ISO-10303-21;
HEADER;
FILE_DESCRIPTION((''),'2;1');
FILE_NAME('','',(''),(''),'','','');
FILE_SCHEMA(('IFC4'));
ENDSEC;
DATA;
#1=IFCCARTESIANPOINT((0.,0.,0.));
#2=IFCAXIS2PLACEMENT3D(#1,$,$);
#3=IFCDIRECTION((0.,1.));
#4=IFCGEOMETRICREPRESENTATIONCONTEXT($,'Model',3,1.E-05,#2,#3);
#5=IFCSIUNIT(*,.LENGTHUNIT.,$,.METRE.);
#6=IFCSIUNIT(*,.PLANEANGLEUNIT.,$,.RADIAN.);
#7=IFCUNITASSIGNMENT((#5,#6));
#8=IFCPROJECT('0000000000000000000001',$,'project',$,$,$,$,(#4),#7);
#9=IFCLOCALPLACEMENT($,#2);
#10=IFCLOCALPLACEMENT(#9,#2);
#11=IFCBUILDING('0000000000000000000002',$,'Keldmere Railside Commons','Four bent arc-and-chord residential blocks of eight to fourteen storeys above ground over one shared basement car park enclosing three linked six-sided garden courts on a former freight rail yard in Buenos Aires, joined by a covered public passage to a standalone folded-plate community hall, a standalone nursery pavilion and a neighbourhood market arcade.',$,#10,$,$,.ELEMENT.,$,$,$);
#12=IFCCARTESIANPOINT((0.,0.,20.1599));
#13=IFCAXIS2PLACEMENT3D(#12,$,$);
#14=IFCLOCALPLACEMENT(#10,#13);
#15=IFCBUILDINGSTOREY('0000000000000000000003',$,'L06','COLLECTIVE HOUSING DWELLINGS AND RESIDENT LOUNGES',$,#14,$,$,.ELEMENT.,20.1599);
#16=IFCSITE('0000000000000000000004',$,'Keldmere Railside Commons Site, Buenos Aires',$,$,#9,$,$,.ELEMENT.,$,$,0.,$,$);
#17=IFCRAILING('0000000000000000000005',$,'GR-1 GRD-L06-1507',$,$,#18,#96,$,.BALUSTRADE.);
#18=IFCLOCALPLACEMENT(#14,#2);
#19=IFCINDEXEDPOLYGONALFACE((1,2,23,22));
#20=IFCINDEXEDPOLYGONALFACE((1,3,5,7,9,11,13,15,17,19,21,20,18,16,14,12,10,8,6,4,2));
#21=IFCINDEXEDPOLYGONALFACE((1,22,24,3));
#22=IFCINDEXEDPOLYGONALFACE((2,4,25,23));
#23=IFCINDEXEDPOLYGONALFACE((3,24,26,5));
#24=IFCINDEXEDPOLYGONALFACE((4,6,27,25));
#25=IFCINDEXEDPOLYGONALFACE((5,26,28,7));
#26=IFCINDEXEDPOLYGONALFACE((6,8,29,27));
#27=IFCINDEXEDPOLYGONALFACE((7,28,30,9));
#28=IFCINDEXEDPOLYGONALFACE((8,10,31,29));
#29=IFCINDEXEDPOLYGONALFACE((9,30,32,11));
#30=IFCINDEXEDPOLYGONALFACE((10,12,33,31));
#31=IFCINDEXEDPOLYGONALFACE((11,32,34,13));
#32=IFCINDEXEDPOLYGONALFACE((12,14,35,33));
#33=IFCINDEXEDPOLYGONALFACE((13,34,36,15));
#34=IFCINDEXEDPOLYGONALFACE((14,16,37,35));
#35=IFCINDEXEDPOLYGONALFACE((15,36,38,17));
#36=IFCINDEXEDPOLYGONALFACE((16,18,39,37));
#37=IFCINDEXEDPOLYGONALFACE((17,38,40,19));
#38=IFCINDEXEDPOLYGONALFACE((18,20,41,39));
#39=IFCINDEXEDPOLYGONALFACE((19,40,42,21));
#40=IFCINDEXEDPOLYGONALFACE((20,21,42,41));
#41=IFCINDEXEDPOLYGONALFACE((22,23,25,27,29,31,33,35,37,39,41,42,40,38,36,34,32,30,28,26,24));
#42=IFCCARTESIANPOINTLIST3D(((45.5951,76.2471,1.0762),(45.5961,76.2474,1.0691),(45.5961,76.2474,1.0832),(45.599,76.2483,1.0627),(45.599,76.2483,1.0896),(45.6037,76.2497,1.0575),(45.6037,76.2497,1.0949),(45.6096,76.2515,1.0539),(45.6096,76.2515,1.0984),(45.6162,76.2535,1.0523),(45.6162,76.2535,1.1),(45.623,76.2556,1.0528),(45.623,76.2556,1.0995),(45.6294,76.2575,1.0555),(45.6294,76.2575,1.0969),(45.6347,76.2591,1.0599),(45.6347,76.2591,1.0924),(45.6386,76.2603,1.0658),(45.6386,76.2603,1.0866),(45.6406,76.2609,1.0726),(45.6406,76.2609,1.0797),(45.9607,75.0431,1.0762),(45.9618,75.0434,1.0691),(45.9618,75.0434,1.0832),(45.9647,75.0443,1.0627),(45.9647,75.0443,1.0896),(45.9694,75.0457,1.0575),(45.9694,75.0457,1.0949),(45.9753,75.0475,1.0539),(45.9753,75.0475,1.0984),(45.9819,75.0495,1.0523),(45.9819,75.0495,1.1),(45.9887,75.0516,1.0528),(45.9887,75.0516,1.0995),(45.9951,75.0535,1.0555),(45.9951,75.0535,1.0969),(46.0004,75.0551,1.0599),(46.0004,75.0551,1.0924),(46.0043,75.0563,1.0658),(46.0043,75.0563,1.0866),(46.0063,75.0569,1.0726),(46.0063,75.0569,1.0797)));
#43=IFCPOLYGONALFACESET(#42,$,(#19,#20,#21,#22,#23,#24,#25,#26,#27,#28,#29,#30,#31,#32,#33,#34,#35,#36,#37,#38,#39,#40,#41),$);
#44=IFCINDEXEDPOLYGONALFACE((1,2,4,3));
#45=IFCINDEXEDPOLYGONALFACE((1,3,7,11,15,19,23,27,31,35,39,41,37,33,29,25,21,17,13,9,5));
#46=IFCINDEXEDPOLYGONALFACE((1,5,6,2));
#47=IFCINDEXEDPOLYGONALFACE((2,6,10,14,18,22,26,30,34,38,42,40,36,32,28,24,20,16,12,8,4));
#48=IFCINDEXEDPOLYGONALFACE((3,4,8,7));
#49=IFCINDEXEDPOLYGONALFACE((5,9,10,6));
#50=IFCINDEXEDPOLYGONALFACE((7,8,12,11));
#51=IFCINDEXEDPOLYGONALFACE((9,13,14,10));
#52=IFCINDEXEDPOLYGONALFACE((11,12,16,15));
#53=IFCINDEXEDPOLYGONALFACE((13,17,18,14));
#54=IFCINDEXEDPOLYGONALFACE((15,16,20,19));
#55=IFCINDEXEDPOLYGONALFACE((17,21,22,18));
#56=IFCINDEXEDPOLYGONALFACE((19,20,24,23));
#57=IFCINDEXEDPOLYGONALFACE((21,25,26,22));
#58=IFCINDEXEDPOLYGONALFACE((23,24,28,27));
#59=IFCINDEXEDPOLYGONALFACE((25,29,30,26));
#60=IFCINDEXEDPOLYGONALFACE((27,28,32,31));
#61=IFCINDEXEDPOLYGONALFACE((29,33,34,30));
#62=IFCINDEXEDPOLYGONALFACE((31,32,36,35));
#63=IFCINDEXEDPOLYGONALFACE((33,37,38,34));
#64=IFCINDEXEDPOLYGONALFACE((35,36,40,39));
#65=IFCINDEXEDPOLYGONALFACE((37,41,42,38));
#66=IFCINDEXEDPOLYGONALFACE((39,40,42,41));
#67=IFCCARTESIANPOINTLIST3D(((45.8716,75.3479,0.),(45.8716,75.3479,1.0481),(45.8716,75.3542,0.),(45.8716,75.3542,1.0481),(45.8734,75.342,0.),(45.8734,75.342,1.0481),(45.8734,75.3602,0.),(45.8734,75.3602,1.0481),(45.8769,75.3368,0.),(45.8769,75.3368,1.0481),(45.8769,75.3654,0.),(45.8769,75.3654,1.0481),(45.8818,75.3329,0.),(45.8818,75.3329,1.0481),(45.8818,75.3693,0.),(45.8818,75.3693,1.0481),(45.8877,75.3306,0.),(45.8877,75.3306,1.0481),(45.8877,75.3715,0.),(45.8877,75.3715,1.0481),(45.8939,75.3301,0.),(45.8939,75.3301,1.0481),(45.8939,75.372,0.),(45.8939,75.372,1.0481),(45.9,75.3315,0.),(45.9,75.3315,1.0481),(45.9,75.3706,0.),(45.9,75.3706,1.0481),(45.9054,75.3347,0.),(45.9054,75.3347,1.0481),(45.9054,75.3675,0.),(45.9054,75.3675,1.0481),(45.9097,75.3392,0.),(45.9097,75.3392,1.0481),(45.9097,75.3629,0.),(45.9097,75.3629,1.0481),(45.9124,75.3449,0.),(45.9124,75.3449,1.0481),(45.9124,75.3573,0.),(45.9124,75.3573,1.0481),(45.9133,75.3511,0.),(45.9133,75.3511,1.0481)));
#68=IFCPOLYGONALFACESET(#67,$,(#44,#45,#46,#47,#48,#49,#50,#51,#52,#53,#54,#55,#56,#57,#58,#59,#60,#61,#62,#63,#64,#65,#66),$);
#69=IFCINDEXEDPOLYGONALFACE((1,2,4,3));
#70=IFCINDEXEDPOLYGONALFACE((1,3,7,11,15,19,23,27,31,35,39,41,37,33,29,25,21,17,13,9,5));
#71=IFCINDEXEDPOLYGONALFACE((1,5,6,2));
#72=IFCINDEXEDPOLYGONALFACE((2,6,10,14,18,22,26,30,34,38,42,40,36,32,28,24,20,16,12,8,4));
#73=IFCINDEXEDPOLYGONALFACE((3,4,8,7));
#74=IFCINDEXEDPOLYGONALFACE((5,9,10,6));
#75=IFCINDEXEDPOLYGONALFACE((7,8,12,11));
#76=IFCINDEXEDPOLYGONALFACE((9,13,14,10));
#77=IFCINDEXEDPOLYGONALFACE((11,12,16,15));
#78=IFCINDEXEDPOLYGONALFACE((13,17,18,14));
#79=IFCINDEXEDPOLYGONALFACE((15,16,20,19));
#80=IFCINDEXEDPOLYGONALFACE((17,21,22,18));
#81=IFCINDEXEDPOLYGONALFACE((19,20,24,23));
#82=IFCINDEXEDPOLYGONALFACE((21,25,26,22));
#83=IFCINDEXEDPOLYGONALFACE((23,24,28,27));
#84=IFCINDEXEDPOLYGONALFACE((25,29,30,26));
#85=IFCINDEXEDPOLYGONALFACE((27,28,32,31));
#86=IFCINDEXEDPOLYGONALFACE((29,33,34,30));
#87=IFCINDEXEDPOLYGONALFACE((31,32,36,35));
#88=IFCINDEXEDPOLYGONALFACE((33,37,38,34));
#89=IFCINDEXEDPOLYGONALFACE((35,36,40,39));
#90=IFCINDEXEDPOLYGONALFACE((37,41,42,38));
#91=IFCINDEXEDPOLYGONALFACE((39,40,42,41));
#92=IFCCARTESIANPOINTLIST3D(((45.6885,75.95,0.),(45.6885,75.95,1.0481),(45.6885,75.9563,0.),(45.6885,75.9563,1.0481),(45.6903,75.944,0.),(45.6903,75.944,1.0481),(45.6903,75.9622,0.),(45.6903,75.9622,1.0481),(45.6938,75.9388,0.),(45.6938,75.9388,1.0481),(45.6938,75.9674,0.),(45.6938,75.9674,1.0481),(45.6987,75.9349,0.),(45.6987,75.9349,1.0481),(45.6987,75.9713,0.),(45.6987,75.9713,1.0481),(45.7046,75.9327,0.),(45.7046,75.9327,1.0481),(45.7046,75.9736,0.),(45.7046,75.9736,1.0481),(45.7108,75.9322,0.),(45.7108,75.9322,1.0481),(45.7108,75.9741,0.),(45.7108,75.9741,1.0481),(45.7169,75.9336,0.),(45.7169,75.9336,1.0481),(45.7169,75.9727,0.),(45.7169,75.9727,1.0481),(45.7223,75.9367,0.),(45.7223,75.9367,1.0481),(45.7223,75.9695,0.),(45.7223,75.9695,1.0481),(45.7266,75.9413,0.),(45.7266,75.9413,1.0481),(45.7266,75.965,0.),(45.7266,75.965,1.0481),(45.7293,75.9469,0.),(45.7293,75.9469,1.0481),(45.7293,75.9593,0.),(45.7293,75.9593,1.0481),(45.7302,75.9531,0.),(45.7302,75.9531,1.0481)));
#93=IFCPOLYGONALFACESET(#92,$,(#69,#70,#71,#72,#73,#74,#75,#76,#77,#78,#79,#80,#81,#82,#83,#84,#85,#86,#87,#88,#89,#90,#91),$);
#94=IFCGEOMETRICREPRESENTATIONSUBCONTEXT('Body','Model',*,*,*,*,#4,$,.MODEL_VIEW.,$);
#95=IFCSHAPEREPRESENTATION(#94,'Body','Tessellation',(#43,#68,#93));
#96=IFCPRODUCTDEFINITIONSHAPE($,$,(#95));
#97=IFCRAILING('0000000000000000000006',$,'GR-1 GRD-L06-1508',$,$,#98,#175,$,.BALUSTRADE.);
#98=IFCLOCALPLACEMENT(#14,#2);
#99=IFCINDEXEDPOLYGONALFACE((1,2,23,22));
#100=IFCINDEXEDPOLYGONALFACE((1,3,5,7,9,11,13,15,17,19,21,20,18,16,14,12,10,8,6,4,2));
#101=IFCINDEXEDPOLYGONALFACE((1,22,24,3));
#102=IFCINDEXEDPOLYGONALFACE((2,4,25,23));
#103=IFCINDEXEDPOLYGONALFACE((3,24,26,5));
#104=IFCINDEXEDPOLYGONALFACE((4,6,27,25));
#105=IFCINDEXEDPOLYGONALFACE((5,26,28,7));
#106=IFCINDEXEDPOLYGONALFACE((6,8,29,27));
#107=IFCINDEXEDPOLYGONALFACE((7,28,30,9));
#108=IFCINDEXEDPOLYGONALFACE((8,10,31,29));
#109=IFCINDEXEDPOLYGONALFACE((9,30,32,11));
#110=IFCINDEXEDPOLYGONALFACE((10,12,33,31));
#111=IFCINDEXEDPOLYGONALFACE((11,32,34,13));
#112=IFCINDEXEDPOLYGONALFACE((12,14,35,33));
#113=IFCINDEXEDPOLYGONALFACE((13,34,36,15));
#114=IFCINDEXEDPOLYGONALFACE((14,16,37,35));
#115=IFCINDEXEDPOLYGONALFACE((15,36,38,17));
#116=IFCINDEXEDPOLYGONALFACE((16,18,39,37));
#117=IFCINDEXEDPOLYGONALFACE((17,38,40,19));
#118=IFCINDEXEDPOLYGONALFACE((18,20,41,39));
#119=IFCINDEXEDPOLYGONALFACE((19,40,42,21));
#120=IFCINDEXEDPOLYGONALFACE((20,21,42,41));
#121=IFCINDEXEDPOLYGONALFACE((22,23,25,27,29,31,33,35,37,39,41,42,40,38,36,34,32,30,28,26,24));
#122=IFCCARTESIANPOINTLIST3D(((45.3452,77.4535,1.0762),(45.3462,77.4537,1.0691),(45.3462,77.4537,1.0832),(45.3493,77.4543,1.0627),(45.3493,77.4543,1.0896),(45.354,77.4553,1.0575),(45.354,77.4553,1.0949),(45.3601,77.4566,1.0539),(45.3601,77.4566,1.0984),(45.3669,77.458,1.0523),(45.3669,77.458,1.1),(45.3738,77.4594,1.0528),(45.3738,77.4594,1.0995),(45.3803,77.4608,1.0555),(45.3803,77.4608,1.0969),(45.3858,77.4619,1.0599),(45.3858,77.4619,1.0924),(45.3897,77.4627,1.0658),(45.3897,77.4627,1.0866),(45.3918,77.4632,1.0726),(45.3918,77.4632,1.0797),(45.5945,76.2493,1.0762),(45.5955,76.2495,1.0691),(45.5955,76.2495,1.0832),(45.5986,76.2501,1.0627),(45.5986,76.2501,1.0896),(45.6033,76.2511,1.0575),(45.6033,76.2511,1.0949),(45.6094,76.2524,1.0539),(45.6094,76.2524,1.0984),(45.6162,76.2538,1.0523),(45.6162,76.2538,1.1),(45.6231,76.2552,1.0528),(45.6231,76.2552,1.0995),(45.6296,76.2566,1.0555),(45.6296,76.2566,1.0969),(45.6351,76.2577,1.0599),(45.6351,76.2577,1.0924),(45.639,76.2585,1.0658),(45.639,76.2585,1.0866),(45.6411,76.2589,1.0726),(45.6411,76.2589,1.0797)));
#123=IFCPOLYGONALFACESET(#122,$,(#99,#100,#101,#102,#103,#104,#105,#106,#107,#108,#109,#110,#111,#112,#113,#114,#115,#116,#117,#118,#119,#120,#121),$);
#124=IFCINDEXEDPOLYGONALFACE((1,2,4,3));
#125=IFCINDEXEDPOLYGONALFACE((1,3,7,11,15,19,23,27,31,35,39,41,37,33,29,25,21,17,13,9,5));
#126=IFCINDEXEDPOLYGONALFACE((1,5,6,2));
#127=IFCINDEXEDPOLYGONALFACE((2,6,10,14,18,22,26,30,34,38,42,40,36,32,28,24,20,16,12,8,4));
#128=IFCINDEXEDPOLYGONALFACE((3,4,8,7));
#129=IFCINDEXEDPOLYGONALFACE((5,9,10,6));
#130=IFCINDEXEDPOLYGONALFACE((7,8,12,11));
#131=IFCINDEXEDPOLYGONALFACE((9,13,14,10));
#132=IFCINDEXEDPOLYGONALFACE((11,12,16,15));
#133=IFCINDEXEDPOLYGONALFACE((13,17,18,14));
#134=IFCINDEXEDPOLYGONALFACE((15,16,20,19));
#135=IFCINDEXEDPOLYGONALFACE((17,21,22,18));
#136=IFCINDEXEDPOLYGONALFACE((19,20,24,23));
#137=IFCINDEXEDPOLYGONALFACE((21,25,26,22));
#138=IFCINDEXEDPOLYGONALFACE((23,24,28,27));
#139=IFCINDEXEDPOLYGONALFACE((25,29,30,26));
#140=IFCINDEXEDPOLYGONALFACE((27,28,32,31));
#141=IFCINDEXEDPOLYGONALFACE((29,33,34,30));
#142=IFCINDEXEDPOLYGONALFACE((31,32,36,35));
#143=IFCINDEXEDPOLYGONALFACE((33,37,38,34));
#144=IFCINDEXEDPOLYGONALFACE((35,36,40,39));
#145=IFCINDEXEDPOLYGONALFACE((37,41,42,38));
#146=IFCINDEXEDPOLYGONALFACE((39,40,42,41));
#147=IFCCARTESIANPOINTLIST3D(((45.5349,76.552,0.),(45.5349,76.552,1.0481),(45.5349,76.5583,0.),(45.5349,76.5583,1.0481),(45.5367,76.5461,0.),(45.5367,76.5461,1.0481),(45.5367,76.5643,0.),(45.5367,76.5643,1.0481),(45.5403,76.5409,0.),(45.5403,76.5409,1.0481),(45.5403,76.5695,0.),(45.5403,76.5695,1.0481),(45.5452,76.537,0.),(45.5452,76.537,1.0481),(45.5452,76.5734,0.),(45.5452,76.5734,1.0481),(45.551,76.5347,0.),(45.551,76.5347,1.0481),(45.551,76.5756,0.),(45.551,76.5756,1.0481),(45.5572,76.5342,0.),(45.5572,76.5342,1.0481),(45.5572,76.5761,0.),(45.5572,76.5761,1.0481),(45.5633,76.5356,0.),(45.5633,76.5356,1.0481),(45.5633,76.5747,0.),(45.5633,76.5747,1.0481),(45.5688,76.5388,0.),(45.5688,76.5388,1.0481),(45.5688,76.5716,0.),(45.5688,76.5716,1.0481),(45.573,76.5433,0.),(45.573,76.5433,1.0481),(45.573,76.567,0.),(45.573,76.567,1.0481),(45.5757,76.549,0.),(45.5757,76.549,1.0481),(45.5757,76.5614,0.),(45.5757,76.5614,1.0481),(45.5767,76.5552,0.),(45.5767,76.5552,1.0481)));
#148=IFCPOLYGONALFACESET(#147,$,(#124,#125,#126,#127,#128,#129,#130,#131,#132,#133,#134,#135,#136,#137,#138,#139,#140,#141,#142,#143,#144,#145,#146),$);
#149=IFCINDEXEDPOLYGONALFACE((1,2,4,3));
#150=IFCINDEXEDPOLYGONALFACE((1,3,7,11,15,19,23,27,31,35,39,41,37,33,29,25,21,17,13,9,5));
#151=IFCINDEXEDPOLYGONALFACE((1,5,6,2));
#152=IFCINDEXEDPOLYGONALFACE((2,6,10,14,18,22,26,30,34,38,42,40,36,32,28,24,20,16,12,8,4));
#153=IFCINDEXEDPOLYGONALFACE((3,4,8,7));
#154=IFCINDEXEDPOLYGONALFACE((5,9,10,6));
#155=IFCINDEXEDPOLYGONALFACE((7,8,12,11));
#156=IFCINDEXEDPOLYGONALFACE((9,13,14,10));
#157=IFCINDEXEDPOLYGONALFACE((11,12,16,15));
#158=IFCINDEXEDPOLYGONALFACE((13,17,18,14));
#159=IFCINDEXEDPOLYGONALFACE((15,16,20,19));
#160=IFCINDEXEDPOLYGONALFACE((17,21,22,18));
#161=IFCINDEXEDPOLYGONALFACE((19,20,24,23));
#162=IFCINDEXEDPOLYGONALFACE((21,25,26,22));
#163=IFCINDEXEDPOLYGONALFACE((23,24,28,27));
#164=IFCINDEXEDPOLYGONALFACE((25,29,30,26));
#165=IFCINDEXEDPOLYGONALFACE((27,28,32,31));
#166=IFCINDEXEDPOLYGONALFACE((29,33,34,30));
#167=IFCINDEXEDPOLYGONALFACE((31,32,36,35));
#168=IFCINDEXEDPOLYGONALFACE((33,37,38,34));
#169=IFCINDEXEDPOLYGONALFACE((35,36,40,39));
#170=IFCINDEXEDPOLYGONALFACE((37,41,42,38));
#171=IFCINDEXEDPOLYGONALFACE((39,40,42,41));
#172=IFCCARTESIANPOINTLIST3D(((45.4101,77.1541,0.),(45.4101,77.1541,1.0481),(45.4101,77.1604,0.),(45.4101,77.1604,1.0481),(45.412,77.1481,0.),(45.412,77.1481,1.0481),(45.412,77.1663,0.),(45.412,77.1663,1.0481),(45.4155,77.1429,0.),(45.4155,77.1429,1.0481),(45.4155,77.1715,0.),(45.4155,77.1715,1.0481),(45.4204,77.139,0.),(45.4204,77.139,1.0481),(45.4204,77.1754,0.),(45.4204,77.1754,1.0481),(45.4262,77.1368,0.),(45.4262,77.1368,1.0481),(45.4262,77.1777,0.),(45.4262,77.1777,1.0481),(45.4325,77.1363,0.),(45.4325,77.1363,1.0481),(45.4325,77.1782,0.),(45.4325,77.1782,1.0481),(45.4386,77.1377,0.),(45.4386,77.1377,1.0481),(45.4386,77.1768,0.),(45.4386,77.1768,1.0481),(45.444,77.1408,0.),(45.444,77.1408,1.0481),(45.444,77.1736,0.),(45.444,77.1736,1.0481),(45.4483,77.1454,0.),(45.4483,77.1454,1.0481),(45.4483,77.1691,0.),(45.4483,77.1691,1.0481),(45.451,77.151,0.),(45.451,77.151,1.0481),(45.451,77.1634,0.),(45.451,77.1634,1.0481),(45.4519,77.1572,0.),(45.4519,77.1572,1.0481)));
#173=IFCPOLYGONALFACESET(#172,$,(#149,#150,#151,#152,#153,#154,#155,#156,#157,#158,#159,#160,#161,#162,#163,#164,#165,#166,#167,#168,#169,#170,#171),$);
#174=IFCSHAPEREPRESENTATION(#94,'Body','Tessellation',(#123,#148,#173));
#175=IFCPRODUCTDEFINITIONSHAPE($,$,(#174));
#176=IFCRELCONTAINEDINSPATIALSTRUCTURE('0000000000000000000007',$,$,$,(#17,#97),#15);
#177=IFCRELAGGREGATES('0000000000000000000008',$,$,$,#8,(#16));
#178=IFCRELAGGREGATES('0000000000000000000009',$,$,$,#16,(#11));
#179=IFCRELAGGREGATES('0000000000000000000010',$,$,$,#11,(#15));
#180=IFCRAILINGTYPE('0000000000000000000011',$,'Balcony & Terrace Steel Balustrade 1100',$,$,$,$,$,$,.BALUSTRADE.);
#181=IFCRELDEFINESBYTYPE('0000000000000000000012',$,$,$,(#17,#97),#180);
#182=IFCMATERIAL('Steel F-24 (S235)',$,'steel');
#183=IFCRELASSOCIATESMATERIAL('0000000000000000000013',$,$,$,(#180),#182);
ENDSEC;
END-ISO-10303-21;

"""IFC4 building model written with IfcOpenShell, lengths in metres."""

from ifc_helpers import new_model, si_unit, direction, frame, origin, origin_2d, place, context, subcontext, project, spatial, circle, extrude, material, type_object, element, save


model = new_model("IFC4")

# Units and contexts
model_context = context("Model", 3, precision=1e-05, world=origin(), true_north=direction((0.0, 1.0)))
body_context = subcontext(model_context, "Body", "Model", "MODEL_VIEW")
ifc_project = project(units=[si_unit("LENGTHUNIT", "METRE"), si_unit("PLANEANGLEUNIT", "RADIAN")], contexts=[model_context])

# Site, building, storey
site_placement = place(None, origin())
site = spatial("IfcSite", under=ifc_project, at=site_placement, Name="Keldmere Railside Commons Site, Buenos Aires", CompositionType="ELEMENT", RefElevation=0.0)
building_placement = place(site_placement, origin())
building = spatial("IfcBuilding", under=site, at=building_placement, Name="Keldmere Railside Commons", Description="Four bent arc-and-chord residential blocks of eight to fourteen storeys above ground over one shared basement car park enclosing three linked six-sided garden courts on a former freight rail yard in Buenos Aires, joined by a covered public passage to a standalone folded-plate community hall, a standalone nursery pavilion and a neighbourhood market arcade.", CompositionType="ELEMENT")
storey_placement = place(building_placement, frame((0.0, 0.0, 20.1599)))
storey = spatial("IfcBuildingStorey", under=building, at=storey_placement, Name="L06", Description="COLLECTIVE HOUSING DWELLINGS AND RESIDENT LOUNGES", CompositionType="ELEMENT", Elevation=20.1599)

# Shared definitions
ifc_material_1 = material(Name="Steel F-24 (S235)", Category="steel")

# Railings
railing_type_1 = type_object("IfcRailingType", Name="Balcony & Terrace Steel Balustrade 1100", PredefinedType="BALUSTRADE", material=ifc_material_1)
railing_1_placement = place(storey_placement, frame((45.9836, 75.05, 0.0)))
element("IfcRailing", 1, at=railing_1_placement, inside=storey, type_object=railing_type_1, Name="GR-1 GRD-L06-1507", PredefinedType="BALUSTRADE", context=body_context, shape_type="SweptSolid", body=[
    extrude(circle(Radius=0.0239, at=origin_2d()), frame((0.0, 0.0, 1.0762), z_axis=(-0.290621, 0.956838, 0.0), x_axis=(-0.956838, -0.290621, 0.0)), (0.0, 0.0, 1.0), 1.2583),
    extrude(circle(Radius=0.021, at=origin_2d()), frame((-0.0913, 0.301, 0.0)), (0.0, 0.0, 1.0), 1.0481),
    extrude(circle(Radius=0.021, at=origin_2d()), frame((-0.2744, 0.9031, 0.0)), (0.0, 0.0, 1.0), 1.0481),
])
railing_2_placement = place(storey_placement, frame((45.6179, 76.2542, 0.0)))
element("IfcRailing", 2, at=railing_2_placement, inside=storey, type_object=railing_type_1, Name="GR-1 GRD-L06-1508", PredefinedType="BALUSTRADE", context=body_context, shape_type="SweptSolid", body=[
    extrude(circle(Radius=0.0239, at=origin_2d()), frame((0.0, 0.0, 1.0762), z_axis=(-0.202717, 0.979237, 0.0), x_axis=(-0.979237, -0.202717, 0.0)), (0.0, 0.0, 1.0), 1.2297),
    extrude(circle(Radius=0.021, at=origin_2d()), frame((-0.0623, 0.301, 0.0)), (0.0, 0.0, 1.0), 1.0481),
    extrude(circle(Radius=0.021, at=origin_2d()), frame((-0.187, 0.9031, 0.0)), (0.0, 0.0, 1.0), 1.0481),
])

save(model, "model.ifc")
